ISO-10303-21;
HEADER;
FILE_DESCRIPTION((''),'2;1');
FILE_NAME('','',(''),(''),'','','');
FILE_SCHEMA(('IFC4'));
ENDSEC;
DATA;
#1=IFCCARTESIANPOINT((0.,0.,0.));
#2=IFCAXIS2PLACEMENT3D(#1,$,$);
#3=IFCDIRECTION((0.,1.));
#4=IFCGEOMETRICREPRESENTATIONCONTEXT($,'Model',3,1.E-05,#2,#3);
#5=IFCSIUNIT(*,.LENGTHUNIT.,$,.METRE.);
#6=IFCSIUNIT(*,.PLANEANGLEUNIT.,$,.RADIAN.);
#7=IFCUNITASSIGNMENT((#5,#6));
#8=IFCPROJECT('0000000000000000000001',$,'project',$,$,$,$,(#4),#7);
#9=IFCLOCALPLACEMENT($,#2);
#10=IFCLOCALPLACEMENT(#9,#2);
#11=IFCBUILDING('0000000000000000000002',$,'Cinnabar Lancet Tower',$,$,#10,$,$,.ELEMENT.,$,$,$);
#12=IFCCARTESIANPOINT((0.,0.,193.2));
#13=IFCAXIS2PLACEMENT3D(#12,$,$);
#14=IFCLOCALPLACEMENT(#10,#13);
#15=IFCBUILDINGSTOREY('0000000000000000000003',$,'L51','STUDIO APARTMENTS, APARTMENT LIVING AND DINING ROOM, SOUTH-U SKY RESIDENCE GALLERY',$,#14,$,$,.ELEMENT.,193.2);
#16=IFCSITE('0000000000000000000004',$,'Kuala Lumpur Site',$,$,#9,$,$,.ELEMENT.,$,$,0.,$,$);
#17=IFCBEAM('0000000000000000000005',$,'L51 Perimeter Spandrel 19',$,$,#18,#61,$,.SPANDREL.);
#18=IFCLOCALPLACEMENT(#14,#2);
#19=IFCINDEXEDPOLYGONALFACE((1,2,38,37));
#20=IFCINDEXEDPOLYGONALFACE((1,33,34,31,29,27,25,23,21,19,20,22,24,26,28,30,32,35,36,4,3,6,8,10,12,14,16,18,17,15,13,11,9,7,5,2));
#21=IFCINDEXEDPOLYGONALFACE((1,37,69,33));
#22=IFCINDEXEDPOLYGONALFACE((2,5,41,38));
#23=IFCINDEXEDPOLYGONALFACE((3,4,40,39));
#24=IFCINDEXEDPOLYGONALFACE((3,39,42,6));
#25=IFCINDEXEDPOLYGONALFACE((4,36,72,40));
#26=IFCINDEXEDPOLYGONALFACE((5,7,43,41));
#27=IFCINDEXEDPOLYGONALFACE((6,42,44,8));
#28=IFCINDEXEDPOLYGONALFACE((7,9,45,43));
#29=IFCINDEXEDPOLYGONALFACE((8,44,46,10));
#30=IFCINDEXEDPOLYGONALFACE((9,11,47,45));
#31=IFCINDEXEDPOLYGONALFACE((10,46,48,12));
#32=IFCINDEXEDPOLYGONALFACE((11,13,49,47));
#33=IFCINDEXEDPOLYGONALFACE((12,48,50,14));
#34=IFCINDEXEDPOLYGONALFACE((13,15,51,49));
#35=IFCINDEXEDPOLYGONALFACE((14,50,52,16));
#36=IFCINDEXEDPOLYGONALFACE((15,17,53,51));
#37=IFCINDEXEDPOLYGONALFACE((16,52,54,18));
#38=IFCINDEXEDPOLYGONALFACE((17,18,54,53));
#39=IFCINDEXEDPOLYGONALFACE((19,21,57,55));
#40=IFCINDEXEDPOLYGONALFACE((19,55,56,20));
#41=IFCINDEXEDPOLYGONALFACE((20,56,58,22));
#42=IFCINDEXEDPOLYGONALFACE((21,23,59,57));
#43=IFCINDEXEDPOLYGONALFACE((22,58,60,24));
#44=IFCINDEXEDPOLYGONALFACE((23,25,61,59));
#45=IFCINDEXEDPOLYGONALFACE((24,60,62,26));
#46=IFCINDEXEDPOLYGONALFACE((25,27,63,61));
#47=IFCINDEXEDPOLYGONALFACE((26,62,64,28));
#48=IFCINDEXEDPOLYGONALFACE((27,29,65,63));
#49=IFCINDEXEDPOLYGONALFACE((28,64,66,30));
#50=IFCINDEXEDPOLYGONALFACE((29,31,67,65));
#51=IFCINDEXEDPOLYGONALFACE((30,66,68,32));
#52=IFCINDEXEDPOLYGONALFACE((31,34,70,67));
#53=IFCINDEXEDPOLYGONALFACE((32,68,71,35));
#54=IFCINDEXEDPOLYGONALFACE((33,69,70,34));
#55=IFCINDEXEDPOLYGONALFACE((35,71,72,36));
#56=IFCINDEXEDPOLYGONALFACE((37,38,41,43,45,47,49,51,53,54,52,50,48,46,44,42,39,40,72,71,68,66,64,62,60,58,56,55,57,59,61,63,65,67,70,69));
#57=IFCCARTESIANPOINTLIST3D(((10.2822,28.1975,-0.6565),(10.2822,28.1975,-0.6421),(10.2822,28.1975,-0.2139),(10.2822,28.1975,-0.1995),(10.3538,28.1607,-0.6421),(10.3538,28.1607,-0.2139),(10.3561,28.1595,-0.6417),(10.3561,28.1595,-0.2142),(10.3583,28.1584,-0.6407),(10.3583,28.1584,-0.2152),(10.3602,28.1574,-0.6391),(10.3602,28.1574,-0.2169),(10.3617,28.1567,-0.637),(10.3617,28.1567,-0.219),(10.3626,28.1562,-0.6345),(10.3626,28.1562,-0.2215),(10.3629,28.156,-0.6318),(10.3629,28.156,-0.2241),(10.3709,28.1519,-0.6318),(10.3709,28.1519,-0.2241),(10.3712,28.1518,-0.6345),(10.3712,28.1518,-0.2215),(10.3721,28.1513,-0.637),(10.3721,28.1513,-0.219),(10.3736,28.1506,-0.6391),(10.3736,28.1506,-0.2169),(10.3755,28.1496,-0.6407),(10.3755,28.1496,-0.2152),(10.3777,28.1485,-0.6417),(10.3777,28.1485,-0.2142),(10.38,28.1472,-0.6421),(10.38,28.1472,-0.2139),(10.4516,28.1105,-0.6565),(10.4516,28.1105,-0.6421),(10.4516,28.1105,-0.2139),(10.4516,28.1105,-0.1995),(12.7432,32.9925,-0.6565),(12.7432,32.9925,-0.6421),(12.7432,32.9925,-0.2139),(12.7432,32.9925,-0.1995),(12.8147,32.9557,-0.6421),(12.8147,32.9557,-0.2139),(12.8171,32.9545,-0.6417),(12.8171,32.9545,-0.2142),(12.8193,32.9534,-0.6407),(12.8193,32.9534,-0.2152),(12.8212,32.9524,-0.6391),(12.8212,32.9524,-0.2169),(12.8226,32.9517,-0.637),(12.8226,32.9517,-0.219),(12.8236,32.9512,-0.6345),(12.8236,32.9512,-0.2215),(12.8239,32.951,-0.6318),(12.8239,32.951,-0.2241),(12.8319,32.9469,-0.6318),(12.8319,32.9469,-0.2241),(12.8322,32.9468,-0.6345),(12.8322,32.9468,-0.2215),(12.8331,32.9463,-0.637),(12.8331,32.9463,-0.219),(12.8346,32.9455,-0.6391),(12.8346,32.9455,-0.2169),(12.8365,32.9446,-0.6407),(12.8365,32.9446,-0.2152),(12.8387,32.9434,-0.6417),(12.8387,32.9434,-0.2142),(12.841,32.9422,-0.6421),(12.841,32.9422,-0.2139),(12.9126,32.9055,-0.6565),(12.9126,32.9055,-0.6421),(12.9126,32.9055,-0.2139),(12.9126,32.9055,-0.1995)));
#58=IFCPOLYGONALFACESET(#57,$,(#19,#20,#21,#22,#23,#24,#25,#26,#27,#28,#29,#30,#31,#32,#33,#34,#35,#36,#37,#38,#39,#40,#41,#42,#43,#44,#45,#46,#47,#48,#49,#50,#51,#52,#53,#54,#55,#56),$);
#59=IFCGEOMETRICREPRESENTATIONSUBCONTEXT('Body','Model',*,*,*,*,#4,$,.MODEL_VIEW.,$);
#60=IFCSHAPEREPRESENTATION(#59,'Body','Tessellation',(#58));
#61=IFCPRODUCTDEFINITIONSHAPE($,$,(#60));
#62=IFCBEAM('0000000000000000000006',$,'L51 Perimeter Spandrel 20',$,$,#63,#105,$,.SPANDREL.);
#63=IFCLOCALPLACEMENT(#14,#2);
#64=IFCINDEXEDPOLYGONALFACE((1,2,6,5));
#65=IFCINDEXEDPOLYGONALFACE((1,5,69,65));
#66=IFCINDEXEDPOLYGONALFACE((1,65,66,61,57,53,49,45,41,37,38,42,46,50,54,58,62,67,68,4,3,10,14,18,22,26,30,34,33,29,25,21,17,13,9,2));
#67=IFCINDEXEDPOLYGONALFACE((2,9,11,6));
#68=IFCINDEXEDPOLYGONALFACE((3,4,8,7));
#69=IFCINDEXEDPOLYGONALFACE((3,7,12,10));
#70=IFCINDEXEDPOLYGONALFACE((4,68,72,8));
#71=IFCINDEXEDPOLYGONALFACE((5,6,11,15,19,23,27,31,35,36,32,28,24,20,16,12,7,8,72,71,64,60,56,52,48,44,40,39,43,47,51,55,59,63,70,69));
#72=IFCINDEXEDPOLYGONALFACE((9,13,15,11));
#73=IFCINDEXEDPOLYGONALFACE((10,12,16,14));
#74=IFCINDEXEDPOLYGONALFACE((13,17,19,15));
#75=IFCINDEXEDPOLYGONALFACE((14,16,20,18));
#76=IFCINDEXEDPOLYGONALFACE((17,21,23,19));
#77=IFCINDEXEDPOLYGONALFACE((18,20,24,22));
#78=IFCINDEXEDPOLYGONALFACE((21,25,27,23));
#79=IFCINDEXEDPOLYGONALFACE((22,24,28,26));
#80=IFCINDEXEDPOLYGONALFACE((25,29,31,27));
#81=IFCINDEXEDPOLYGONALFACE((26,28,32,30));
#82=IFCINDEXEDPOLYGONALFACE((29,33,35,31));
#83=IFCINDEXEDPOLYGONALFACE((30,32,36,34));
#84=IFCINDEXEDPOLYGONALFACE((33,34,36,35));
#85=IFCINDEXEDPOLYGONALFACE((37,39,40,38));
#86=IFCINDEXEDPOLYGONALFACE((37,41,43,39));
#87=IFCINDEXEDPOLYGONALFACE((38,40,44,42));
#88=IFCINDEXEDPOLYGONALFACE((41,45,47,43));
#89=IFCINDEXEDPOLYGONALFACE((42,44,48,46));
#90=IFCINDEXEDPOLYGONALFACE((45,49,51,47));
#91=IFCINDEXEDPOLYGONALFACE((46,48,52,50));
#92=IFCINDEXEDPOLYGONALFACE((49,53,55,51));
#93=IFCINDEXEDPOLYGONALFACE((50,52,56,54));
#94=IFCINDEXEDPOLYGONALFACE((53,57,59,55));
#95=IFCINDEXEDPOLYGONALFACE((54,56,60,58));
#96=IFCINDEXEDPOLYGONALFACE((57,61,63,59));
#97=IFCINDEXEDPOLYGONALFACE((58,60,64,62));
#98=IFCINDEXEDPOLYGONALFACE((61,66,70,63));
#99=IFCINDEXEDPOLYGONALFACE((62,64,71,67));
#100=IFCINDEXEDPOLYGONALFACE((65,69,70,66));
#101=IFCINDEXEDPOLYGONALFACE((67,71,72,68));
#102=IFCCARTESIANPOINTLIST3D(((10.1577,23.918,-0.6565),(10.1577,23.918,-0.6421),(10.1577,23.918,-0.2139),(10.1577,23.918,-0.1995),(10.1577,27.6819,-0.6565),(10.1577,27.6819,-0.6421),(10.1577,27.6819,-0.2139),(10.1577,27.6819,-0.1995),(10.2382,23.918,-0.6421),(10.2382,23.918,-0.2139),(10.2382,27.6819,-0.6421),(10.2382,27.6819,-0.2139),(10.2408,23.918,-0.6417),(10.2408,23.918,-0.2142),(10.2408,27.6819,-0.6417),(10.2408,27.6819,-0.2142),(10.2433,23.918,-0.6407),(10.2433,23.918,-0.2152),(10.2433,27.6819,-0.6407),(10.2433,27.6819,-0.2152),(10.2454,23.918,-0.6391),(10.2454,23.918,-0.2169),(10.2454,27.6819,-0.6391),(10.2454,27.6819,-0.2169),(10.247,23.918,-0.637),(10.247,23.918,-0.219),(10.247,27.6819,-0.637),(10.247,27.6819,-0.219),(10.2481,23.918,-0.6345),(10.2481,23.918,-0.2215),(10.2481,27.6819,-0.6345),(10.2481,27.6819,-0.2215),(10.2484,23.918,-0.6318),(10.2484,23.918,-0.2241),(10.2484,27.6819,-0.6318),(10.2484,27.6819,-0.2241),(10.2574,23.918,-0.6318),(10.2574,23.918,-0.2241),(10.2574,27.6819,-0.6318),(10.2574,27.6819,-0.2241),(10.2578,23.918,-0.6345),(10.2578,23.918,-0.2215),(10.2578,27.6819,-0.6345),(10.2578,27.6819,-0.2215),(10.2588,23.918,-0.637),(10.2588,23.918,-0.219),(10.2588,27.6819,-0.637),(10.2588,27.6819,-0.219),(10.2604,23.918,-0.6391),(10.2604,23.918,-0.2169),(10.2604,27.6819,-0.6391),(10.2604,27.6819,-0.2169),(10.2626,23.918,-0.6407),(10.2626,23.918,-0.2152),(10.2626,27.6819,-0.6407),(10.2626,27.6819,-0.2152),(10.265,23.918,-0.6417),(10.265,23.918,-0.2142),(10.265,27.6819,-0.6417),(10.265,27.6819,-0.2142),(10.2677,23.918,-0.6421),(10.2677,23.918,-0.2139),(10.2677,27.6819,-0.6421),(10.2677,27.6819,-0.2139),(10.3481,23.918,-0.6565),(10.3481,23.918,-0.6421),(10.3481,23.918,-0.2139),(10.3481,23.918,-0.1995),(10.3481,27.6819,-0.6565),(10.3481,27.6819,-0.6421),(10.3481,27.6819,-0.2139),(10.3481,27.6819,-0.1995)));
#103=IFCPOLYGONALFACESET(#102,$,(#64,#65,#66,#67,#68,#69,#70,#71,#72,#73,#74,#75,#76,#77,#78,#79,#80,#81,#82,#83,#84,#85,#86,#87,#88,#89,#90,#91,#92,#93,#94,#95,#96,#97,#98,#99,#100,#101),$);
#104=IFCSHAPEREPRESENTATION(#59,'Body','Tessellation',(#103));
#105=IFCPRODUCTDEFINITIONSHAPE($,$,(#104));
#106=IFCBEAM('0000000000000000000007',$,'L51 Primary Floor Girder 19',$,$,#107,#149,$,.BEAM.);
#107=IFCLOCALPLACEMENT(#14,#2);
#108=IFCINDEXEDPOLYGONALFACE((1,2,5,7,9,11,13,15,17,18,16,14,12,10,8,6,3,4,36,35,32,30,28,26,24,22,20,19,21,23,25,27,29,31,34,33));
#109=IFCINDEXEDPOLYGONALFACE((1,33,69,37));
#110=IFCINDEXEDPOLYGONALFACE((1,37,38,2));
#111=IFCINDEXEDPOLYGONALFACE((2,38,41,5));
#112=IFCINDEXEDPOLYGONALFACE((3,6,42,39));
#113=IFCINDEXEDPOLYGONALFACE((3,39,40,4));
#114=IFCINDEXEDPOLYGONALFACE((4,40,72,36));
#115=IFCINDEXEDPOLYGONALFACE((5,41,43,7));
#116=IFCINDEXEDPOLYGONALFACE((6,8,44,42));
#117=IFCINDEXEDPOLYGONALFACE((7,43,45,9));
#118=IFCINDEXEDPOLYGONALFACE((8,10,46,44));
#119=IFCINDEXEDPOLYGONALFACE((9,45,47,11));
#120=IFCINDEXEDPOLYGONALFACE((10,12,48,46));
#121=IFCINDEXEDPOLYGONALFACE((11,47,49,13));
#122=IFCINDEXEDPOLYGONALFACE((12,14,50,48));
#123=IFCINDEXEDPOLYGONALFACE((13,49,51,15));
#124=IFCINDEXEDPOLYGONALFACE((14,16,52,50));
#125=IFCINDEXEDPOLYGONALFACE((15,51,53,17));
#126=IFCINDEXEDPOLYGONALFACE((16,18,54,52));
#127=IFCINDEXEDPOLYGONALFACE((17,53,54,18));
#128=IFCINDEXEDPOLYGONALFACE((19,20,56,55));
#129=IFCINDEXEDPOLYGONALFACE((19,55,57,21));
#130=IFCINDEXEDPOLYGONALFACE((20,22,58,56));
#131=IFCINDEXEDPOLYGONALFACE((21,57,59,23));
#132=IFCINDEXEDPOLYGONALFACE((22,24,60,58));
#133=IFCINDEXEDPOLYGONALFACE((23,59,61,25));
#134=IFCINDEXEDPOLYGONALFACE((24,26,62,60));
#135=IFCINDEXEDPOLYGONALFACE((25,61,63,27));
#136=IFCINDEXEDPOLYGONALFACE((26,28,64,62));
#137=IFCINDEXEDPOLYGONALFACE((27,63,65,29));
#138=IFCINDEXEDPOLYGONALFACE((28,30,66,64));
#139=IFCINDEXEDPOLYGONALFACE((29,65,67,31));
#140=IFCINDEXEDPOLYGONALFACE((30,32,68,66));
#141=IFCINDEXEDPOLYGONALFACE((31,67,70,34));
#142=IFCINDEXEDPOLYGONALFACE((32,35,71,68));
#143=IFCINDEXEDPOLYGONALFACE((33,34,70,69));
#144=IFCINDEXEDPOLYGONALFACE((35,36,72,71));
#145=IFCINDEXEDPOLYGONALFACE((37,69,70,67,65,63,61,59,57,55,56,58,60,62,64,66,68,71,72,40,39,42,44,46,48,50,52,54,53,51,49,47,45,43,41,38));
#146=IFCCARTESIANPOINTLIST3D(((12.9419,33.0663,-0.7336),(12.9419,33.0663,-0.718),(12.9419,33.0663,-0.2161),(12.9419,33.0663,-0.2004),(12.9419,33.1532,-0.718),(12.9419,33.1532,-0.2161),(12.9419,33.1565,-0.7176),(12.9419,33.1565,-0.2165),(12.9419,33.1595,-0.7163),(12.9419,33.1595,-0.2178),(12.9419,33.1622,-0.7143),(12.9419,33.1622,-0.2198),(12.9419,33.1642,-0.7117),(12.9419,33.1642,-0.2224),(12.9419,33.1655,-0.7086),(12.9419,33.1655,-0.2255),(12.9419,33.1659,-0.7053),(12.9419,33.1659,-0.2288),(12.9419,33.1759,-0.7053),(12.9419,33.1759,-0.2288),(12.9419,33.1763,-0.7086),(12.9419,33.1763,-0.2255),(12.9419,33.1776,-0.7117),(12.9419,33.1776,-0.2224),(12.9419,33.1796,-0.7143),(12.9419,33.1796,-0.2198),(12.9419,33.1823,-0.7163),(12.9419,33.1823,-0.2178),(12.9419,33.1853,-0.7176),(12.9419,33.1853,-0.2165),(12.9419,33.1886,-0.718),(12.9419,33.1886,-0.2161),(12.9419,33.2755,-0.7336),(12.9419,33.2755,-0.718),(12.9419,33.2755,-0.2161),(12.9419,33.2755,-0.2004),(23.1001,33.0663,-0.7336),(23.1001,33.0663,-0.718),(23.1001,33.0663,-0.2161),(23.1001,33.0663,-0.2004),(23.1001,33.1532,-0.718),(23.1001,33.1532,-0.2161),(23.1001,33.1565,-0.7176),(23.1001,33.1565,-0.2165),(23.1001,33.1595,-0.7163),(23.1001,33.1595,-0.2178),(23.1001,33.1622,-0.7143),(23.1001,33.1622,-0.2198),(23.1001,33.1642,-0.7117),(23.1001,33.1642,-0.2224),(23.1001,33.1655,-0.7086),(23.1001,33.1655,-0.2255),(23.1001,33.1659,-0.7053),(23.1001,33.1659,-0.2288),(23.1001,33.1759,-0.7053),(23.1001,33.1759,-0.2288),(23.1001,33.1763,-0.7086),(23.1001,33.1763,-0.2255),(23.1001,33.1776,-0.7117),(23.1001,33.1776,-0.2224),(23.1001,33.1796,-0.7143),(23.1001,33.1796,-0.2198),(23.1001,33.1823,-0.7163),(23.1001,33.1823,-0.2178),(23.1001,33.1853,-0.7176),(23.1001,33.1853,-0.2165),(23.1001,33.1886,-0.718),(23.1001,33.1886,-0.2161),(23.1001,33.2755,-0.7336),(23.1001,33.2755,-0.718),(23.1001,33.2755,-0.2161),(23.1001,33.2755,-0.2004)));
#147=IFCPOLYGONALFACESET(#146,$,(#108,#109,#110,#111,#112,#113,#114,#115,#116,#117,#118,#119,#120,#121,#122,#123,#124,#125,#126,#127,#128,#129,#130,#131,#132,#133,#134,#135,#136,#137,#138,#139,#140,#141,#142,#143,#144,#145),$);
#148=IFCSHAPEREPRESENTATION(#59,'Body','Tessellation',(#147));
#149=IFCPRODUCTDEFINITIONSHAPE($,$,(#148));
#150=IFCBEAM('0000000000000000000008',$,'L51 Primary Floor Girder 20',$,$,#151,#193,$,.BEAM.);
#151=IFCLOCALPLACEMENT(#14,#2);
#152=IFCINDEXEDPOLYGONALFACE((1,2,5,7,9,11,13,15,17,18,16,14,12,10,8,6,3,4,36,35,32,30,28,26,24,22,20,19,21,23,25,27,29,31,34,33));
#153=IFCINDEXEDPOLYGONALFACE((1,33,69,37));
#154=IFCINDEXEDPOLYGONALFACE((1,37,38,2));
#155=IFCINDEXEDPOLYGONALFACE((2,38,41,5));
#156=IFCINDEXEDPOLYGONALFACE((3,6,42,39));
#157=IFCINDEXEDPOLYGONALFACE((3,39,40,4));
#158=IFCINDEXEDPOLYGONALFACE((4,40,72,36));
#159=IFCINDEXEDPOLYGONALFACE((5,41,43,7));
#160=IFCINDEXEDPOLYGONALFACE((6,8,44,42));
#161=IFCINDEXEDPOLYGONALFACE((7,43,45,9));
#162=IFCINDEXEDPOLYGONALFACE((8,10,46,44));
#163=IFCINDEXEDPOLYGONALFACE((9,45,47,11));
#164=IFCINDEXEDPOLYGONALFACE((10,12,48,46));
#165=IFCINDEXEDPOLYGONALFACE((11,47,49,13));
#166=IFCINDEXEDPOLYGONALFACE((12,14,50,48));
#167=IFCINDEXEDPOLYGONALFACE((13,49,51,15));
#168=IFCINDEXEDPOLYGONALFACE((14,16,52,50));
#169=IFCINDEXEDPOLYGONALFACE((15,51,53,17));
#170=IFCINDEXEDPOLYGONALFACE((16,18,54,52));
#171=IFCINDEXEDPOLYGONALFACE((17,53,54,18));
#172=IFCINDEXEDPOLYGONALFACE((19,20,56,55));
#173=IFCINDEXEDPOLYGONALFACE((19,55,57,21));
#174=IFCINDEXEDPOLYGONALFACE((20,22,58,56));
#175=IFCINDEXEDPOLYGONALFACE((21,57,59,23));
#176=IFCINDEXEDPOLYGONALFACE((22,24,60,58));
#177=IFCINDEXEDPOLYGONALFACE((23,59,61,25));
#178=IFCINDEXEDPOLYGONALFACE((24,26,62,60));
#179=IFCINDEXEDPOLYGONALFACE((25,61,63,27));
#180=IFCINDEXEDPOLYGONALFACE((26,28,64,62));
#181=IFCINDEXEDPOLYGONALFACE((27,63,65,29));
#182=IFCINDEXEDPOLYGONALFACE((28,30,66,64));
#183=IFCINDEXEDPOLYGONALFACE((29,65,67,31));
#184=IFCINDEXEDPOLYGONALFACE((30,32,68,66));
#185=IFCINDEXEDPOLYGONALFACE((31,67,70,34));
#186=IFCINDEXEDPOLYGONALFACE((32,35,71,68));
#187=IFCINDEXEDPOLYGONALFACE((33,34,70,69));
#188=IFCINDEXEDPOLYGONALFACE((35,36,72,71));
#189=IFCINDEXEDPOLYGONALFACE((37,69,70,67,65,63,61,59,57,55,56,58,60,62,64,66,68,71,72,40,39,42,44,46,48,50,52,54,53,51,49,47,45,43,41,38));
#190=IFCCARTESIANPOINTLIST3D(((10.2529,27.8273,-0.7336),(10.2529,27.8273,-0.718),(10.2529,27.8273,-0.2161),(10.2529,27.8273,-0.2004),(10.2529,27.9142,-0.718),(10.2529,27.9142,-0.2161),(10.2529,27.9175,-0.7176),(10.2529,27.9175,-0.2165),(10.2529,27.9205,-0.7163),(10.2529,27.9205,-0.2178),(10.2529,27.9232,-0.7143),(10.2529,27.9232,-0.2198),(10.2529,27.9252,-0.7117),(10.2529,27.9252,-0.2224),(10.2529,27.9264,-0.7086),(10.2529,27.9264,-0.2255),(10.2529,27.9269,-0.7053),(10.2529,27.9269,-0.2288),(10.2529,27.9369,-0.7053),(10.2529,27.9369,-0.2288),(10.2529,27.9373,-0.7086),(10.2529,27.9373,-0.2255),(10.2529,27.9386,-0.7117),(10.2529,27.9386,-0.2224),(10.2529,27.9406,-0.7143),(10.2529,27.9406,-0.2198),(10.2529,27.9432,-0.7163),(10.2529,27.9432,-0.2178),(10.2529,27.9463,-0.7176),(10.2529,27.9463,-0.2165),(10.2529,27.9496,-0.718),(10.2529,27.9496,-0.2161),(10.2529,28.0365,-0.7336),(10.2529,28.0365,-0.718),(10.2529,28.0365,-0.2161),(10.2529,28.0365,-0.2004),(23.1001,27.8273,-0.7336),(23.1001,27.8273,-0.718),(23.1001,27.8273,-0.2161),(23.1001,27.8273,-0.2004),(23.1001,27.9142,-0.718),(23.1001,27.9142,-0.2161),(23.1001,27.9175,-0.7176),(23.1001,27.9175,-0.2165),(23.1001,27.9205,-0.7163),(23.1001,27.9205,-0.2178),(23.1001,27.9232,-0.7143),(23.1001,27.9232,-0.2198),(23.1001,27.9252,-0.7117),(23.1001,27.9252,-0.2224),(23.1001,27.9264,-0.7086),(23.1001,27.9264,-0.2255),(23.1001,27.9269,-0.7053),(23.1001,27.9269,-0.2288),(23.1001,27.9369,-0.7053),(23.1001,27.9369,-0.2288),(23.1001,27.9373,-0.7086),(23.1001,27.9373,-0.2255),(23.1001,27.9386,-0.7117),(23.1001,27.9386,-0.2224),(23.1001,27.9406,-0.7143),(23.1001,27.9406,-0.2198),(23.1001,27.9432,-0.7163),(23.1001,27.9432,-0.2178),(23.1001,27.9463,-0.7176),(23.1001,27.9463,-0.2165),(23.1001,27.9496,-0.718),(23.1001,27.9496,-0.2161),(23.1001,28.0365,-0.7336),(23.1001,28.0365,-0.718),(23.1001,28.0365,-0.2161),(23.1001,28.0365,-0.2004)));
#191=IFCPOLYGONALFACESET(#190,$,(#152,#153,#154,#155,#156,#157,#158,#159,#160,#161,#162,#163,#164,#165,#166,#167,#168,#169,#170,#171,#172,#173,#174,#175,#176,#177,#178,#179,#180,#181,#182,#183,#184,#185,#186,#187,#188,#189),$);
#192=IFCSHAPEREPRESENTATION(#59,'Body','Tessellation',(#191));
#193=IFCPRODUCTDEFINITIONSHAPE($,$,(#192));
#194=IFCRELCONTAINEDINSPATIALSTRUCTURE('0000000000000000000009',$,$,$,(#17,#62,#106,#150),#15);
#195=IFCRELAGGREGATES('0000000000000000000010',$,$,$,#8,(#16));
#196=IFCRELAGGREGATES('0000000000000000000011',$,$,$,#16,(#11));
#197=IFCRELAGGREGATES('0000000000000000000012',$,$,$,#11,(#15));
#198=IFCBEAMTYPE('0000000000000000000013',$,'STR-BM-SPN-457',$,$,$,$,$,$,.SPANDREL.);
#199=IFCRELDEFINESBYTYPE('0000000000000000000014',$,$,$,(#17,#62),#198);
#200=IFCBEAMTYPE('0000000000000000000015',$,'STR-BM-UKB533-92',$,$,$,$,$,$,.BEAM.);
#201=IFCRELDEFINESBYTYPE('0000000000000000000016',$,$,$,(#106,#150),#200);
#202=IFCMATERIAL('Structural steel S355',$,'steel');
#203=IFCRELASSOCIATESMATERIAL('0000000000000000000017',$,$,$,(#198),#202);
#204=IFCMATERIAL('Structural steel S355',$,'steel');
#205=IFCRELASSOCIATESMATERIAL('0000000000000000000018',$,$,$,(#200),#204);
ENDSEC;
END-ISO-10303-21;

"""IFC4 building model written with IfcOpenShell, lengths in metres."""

from ifc_helpers import new_model, si_unit, direction, frame, origin, origin_2d, place, context, subcontext, project, spatial, i_section, extrude, material, material_profile, profile_set, type_object, element, save


model = new_model("IFC4")

# Units and contexts
model_context = context("Model", 3, precision=1e-05, world=origin(), true_north=direction((0.0, 1.0)))
body_context = subcontext(model_context, "Body", "Model", "MODEL_VIEW")
ifc_project = project(units=[si_unit("LENGTHUNIT", "METRE"), si_unit("PLANEANGLEUNIT", "RADIAN")], contexts=[model_context])

# Site, building, storey
site_placement = place(None, origin())
site = spatial("IfcSite", under=ifc_project, at=site_placement, Name="Kuala Lumpur Site", CompositionType="ELEMENT", RefElevation=0.0)
building_placement = place(site_placement, origin())
building = spatial("IfcBuilding", under=site, at=building_placement, Name="Cinnabar Lancet Tower", CompositionType="ELEMENT")
storey_placement = place(building_placement, frame((0.0, 0.0, 193.2)))
storey = spatial("IfcBuildingStorey", under=building, at=storey_placement, Name="L51", Description="STUDIO APARTMENTS, APARTMENT LIVING AND DINING ROOM, SOUTH-U SKY RESIDENCE GALLERY", CompositionType="ELEMENT", Elevation=193.2)

# Beams
ifc_material_1 = material(Name="Structural steel S355", Category="steel")
ifc_material_profile_1 = material_profile(ifc_material_1, i_section(OverallWidth=0.1904, OverallDepth=0.457, WebThickness=0.009, FlangeThickness=0.0144, FilletRadius=0.0103, at=origin_2d()), Name="UKB 457x191x74")
ifc_profile_set_1 = profile_set([ifc_material_profile_1], Name="Structural steel S355")
beam_type_1 = type_object("IfcBeamType", Name="STR-BM-SPN-457", PredefinedType="SPANDREL", material=ifc_profile_set_1)
beam_1_placement = place(storey_placement, frame((12.8279, 32.949, -0.428), z_axis=(-0.456611, -0.889666, 0.0), x_axis=(0.889666, -0.456611, 0.0)))
element("IfcBeam", 1, at=beam_1_placement, inside=storey, type_object=beam_type_1, Name="L51 Perimeter Spandrel 19", PredefinedType="SPANDREL", context=body_context, shape_type="SweptSolid", body=[
    extrude(i_section(OverallWidth=0.1904, OverallDepth=0.457, WebThickness=0.009, FlangeThickness=0.0144, FilletRadius=0.0103, at=origin_2d()), origin(), (0.0, 0.0, 1.0), 5.3896),
])
beam_2_placement = place(storey_placement, frame((10.2529, 27.6819, -0.428), z_axis=(0.0, -1.0, 0.0), x_axis=(1.0, 0.0, 0.0)))
element("IfcBeam", 2, at=beam_2_placement, inside=storey, type_object=beam_type_1, Name="L51 Perimeter Spandrel 20", PredefinedType="SPANDREL", context=body_context, shape_type="SweptSolid", body=[
    extrude(i_section(OverallWidth=0.1904, OverallDepth=0.457, WebThickness=0.009, FlangeThickness=0.0144, FilletRadius=0.0103, at=origin_2d()), origin(), (0.0, 0.0, 1.0), 3.7639),
])
ifc_material_2 = material(Name="Structural steel S355", Category="steel")
ifc_material_profile_2 = material_profile(ifc_material_2, i_section(OverallWidth=0.2092, OverallDepth=0.5332, WebThickness=0.01, FlangeThickness=0.0156, FilletRadius=0.0127, at=origin_2d()), Name="UKB 533x210x92")
ifc_profile_set_2 = profile_set([ifc_material_profile_2], Name="Structural steel S355")
beam_type_2 = type_object("IfcBeamType", Name="STR-BM-UKB533-92", PredefinedType="BEAM", material=ifc_profile_set_2)
beam_3_placement = place(storey_placement, frame((12.9419, 33.1709, -0.467), z_axis=(1.0, 0.0, 0.0), x_axis=(0.0, 1.0, 0.0)))
element("IfcBeam", 3, at=beam_3_placement, inside=storey, type_object=beam_type_2, Name="L51 Primary Floor Girder 19", PredefinedType="BEAM", context=body_context, shape_type="SweptSolid", body=[
    extrude(i_section(OverallWidth=0.2092, OverallDepth=0.5332, WebThickness=0.01, FlangeThickness=0.0156, FilletRadius=0.0127, at=origin_2d()), origin(), (0.0, 0.0, 1.0), 10.1582),
])
beam_4_placement = place(storey_placement, frame((10.2529, 27.9319, -0.467), z_axis=(1.0, 0.0, 0.0), x_axis=(0.0, 1.0, 0.0)))
element("IfcBeam", 4, at=beam_4_placement, inside=storey, type_object=beam_type_2, Name="L51 Primary Floor Girder 20", PredefinedType="BEAM", context=body_context, shape_type="SweptSolid", body=[
    extrude(i_section(OverallWidth=0.2092, OverallDepth=0.5332, WebThickness=0.01, FlangeThickness=0.0156, FilletRadius=0.0127, at=origin_2d()), origin(), (0.0, 0.0, 1.0), 12.8472),
])

save(model, "model.ifc")
